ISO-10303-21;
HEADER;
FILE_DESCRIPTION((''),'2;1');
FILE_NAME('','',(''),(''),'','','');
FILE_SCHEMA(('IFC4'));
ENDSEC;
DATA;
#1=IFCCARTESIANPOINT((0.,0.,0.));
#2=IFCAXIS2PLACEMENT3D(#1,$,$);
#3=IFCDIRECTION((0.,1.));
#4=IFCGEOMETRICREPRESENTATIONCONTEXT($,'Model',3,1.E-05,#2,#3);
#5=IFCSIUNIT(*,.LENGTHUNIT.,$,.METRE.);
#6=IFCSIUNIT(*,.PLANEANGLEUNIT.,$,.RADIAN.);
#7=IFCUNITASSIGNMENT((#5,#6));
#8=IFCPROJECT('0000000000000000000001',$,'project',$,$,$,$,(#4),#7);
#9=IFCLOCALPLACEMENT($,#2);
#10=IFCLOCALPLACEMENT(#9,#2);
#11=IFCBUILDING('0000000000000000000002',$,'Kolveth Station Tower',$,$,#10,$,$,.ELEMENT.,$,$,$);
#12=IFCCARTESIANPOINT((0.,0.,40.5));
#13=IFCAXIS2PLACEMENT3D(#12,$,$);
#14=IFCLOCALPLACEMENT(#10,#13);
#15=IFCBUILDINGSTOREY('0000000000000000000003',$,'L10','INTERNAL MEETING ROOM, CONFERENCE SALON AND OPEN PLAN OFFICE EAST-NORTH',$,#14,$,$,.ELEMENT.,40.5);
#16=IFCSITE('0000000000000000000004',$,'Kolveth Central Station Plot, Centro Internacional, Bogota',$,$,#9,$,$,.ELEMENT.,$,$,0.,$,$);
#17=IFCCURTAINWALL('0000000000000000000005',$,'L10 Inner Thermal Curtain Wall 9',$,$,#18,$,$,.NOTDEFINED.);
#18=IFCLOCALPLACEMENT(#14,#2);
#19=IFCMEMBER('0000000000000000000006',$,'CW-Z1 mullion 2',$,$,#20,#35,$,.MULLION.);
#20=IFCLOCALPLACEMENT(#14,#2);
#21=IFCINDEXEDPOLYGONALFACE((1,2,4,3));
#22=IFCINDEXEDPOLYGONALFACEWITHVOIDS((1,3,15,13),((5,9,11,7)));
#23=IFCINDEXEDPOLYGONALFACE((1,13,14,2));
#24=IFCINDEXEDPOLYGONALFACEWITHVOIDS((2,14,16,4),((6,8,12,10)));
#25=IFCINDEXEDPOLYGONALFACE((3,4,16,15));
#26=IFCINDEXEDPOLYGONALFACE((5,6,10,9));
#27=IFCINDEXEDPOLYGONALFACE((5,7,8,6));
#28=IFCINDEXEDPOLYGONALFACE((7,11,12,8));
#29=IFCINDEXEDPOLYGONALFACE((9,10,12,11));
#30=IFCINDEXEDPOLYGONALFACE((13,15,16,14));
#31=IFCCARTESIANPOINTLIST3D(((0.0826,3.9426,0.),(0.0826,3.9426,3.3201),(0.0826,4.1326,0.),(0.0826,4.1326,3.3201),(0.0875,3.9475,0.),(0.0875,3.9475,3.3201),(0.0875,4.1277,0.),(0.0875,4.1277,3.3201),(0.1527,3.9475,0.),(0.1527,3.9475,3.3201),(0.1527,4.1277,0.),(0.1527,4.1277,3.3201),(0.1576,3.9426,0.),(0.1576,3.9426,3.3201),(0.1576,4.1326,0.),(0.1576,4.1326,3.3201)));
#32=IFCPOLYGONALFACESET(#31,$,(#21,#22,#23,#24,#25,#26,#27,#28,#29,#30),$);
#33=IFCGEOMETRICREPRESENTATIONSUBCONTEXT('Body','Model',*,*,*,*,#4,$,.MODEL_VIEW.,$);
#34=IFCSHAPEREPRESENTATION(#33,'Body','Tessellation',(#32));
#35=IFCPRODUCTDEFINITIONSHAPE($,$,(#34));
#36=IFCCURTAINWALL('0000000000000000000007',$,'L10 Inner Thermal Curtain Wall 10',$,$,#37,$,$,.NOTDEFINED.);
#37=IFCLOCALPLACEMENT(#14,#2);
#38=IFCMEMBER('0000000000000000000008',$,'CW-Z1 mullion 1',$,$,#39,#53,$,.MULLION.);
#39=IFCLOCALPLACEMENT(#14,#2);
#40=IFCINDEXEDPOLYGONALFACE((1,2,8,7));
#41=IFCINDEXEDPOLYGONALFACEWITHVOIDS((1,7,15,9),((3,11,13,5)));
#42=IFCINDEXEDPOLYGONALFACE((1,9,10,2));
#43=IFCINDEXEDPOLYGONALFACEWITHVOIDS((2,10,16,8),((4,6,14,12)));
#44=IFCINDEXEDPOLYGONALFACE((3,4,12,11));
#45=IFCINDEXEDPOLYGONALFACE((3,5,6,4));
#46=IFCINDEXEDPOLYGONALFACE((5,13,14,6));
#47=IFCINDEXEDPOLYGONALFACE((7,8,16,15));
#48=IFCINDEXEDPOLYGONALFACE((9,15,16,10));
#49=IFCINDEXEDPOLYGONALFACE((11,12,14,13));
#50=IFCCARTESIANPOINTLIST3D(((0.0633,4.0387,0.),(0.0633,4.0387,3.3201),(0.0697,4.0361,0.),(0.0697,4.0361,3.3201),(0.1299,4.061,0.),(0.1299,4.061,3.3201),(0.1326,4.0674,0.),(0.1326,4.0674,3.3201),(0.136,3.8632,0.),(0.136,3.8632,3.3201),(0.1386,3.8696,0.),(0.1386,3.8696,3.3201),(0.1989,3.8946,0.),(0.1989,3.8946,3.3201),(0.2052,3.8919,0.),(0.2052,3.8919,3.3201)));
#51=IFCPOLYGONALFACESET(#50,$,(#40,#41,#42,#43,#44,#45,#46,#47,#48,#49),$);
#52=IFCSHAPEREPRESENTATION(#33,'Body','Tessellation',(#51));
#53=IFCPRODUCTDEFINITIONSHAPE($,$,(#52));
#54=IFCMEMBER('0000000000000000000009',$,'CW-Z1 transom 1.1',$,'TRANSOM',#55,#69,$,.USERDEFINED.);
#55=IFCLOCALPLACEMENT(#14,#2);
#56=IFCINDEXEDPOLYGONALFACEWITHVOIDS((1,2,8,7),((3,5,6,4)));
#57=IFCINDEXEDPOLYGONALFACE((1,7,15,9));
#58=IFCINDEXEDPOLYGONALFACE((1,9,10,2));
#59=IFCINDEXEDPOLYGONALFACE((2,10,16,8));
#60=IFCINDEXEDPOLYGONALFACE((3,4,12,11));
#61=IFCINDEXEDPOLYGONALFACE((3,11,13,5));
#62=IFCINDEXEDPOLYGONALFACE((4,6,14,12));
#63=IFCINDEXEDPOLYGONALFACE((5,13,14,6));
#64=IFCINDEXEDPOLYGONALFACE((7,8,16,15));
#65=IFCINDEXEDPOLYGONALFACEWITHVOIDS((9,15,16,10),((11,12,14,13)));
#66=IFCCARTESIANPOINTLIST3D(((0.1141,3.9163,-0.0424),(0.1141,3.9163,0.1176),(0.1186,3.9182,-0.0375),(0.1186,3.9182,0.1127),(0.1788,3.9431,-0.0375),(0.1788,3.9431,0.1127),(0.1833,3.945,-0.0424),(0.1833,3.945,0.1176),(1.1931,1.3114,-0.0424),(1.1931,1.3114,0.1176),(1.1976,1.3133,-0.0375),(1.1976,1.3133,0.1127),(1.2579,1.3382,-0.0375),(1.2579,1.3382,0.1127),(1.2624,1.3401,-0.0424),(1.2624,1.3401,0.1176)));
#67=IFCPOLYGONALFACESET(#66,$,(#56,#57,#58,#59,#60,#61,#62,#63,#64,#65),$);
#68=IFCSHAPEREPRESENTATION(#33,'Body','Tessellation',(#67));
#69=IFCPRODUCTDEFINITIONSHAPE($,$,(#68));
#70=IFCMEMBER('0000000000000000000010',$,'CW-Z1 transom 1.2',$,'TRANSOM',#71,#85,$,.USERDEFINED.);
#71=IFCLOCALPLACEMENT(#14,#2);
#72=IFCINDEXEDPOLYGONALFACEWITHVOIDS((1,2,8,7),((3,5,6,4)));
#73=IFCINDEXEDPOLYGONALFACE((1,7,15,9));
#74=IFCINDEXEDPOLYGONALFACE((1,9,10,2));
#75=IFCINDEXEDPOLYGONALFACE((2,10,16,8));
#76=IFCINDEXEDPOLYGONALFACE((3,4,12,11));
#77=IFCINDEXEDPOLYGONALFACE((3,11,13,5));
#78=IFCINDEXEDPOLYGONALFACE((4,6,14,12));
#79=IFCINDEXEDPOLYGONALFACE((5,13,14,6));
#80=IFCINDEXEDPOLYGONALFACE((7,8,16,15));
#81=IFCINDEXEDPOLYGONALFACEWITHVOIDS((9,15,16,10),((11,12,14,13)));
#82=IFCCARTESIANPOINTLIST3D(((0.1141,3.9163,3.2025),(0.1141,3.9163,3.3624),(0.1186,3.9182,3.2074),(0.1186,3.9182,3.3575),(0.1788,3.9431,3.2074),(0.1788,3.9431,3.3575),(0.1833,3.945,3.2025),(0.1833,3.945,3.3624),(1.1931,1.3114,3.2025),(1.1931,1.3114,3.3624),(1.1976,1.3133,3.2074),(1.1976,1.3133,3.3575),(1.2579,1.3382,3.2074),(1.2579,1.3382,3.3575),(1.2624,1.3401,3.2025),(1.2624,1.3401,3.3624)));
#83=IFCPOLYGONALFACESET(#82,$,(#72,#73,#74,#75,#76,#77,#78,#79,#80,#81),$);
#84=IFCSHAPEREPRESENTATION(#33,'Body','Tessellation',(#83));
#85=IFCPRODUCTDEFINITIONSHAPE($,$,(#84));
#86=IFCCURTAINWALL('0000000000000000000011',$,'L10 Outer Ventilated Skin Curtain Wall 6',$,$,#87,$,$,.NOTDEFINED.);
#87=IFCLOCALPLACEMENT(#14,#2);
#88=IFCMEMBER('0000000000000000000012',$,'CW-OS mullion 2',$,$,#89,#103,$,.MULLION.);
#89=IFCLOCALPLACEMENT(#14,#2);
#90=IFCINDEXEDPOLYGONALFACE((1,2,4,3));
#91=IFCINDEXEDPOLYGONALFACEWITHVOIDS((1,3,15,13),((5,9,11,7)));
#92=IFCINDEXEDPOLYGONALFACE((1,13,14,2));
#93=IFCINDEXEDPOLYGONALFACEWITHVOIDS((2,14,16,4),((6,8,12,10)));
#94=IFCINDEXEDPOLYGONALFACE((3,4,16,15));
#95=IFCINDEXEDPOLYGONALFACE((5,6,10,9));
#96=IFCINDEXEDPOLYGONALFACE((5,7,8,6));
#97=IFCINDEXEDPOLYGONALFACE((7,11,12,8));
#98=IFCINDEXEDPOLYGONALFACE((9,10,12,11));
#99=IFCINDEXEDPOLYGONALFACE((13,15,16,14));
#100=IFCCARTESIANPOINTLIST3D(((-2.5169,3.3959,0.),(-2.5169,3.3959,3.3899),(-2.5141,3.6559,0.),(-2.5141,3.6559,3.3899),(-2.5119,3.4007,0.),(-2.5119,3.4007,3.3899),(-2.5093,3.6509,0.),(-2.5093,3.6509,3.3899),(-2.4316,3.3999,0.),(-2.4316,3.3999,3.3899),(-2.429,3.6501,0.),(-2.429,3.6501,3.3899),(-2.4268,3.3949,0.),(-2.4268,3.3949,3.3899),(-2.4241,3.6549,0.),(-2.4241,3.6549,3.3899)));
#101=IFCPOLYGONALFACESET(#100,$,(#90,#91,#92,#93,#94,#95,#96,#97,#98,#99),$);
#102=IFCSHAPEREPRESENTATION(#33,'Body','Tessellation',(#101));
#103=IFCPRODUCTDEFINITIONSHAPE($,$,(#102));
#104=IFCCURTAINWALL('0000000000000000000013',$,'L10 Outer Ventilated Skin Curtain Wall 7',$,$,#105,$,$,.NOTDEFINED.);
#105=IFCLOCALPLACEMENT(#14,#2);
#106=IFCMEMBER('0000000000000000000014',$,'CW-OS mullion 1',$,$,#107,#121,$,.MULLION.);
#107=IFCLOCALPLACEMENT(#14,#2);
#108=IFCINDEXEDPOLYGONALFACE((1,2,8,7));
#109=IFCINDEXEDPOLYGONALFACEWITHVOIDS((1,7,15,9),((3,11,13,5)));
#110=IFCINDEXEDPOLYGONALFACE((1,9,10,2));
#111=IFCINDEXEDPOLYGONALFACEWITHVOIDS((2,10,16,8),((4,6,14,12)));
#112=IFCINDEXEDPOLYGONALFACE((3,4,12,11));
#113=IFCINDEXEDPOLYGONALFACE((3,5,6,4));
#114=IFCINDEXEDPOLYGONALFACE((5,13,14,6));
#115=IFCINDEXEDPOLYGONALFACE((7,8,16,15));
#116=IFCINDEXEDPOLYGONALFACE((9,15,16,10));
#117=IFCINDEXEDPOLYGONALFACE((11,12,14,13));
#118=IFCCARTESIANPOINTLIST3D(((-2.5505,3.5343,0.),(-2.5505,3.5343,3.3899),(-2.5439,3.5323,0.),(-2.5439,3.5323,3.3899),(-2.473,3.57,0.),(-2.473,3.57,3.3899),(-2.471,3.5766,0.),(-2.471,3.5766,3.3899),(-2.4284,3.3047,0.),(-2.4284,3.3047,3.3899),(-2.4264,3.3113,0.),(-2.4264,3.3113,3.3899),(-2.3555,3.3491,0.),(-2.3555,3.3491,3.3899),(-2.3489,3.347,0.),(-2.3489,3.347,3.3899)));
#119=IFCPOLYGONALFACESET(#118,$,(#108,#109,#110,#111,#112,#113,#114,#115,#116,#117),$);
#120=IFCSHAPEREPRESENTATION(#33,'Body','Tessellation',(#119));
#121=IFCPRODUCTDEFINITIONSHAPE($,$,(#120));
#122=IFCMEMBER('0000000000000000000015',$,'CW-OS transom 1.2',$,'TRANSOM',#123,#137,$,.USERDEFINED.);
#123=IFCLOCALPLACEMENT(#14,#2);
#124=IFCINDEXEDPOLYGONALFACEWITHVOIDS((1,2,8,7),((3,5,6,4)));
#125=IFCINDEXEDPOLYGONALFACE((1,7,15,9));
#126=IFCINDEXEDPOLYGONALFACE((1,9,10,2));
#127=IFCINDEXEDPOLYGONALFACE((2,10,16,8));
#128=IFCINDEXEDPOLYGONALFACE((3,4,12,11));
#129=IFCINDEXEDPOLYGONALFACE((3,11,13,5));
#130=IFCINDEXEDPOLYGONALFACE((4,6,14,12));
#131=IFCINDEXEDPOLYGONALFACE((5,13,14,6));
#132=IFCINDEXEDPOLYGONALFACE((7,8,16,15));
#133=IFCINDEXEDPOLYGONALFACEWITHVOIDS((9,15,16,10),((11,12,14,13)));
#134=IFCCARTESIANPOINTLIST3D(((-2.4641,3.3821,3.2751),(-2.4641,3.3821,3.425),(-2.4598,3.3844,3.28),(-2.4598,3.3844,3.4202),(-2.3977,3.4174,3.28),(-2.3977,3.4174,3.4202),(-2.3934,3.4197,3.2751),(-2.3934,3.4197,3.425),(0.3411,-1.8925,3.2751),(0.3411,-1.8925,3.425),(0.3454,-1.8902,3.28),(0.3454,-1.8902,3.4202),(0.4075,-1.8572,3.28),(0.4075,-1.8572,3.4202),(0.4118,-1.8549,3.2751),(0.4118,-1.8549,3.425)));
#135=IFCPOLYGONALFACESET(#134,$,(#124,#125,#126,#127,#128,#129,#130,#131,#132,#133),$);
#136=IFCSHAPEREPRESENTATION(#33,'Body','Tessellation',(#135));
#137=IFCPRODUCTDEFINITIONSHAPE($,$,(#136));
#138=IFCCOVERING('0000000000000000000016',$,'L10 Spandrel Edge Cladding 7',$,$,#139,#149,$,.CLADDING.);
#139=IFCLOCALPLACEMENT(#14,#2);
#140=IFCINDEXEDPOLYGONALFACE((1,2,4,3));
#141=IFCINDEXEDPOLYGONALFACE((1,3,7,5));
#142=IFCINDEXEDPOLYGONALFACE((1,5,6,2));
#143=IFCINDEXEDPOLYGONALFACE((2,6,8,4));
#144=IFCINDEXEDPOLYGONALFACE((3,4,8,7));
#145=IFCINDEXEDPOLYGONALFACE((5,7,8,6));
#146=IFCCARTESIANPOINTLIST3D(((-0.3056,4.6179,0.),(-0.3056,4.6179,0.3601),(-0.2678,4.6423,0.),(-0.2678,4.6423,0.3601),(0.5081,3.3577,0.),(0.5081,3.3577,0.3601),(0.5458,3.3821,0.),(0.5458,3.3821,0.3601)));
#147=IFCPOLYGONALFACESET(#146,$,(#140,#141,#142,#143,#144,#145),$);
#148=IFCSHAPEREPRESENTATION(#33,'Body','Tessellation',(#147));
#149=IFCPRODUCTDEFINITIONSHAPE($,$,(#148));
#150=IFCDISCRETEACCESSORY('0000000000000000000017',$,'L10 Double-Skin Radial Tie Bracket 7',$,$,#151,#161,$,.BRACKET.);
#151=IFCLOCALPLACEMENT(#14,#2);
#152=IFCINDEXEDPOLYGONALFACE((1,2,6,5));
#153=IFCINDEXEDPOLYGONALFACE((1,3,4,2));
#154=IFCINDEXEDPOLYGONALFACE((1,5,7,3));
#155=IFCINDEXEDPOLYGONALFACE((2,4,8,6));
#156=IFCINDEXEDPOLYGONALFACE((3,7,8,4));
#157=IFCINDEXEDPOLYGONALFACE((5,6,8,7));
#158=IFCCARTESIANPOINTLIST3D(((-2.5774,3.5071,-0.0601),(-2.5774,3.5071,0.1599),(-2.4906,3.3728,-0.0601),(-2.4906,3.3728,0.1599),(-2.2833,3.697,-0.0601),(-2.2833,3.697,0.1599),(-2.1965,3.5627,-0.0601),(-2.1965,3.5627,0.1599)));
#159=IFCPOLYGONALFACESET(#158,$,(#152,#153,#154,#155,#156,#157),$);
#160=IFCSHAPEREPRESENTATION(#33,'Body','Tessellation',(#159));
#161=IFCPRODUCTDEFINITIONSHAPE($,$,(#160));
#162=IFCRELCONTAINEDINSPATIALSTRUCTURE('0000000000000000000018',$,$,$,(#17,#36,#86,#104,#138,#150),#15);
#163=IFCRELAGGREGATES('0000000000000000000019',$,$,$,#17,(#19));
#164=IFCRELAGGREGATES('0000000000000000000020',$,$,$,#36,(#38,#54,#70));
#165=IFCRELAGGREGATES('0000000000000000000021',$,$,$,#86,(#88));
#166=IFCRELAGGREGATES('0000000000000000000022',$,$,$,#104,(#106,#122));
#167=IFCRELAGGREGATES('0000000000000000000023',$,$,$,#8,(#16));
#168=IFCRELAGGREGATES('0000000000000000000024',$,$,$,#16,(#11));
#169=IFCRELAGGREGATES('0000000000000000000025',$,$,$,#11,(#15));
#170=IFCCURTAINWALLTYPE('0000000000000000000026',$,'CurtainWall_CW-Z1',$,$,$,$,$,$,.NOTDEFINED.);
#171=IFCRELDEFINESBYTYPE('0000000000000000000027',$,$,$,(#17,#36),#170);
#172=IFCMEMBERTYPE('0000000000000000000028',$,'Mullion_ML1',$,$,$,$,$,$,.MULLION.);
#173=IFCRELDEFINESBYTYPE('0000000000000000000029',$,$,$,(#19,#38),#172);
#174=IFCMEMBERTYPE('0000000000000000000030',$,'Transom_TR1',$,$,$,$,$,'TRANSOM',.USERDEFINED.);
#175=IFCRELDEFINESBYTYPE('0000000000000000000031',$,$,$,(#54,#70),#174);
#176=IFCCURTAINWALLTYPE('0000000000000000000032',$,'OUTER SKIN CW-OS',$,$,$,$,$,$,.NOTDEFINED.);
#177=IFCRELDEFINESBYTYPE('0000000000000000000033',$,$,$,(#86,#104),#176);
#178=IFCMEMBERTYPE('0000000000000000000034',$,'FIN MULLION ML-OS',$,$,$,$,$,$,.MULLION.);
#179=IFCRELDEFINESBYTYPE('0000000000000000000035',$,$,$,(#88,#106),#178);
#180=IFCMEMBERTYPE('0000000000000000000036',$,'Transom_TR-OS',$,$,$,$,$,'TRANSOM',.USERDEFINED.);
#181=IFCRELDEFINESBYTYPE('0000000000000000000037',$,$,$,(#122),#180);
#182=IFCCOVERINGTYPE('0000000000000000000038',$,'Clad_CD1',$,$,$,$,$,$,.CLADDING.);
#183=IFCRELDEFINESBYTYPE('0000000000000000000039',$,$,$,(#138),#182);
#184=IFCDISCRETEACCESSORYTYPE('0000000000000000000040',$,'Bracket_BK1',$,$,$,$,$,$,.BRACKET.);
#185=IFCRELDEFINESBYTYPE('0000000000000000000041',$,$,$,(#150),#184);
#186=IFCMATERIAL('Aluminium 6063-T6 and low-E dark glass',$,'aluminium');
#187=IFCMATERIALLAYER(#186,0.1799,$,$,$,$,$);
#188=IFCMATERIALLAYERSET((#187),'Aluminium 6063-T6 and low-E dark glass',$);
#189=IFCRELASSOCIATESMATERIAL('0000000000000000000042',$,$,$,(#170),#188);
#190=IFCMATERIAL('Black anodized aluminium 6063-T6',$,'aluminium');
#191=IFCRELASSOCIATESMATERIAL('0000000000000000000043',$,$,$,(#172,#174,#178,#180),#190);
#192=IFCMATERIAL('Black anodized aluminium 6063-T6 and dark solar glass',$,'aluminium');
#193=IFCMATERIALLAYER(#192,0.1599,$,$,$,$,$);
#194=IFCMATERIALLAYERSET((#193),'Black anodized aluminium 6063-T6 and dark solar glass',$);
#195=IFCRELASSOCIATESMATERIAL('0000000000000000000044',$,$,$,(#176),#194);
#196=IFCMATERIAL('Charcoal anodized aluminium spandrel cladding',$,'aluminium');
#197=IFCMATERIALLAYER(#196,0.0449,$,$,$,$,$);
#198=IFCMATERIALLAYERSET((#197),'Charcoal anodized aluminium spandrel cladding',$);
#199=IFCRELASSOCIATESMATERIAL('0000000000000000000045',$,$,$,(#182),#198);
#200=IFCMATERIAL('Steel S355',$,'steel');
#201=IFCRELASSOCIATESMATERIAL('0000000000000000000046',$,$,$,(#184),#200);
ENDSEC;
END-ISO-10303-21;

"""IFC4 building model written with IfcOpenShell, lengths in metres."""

from ifc_helpers import new_model, si_unit, direction, frame, origin, origin_2d, place, context, subcontext, project, spatial, rectangle, hollow_rectangle, extrude, source, transform, mapped, material, layer, layer_set, material_profile, profile_set, type_object, element, aggregate, save


model = new_model("IFC4")

# Units and contexts
model_context = context("Model", 3, precision=1e-05, world=origin(), true_north=direction((0.0, 1.0)))
body_context = subcontext(model_context, "Body", "Model", "MODEL_VIEW")
ifc_project = project(units=[si_unit("LENGTHUNIT", "METRE"), si_unit("PLANEANGLEUNIT", "RADIAN")], contexts=[model_context])

# Site, building, storey
site_placement = place(None, origin())
site = spatial("IfcSite", under=ifc_project, at=site_placement, Name="Kolveth Central Station Plot, Centro Internacional, Bogota", CompositionType="ELEMENT", RefElevation=0.0)
building_placement = place(site_placement, origin())
building = spatial("IfcBuilding", under=site, at=building_placement, Name="Kolveth Station Tower", CompositionType="ELEMENT")
storey_placement = place(building_placement, frame((0.0, 0.0, 40.5)))
storey = spatial("IfcBuildingStorey", under=building, at=storey_placement, Name="L10", Description="INTERNAL MEETING ROOM, CONFERENCE SALON AND OPEN PLAN OFFICE EAST-NORTH", CompositionType="ELEMENT", Elevation=40.5)

# Shared definitions
ifc_material_1 = material(Name="Steel S355", Category="steel")

# Curtain wall, member
ifc_material_2 = material(Name="Aluminium 6063-T6 and low-E dark glass", Category="aluminium")
ifc_layer_1 = layer(ifc_material_2, 0.1799)
ifc_layer_set_1 = layer_set([ifc_layer_1], Name="Aluminium 6063-T6 and low-E dark glass")
curtain_wall_type_1 = type_object("IfcCurtainWallType", Name="CurtainWall_CW-Z1", PredefinedType="NOTDEFINED", material=ifc_layer_set_1)
curtain_wall_1_placement = place(storey_placement, origin())
curtain_wall_1 = element("IfcCurtainWall", 1, at=curtain_wall_1_placement, inside=storey, type_object=curtain_wall_type_1, Name="L10 Inner Thermal Curtain Wall 9", PredefinedType="NOTDEFINED")
ifc_material_3 = material(Name="Black anodized aluminium 6063-T6", Category="aluminium")
ifc_material_profile_1 = material_profile(ifc_material_3, hollow_rectangle(XDim=0.075, YDim=0.1899, WallThickness=0.0049, at=origin_2d()), Name="ALU-75x190x5")
ifc_profile_set_1 = profile_set([ifc_material_profile_1], Name="Black anodized aluminium 6063-T6")
member_type_1 = type_object("IfcMemberType", Name="Mullion_ML1", PredefinedType="MULLION", material=ifc_profile_set_1)
shared_shape_1 = source(origin(), body_context, "Body", "SweptSolid", [
    extrude(hollow_rectangle(XDim=0.075, YDim=0.1899, WallThickness=0.0049, at=origin_2d()), origin(), (0.0, 0.0, 1.0), 3.3201),
])
member_1_placement = place(storey_placement, frame((0.1201, 4.0376, 0.0), z_axis=(0.0, 0.0, 1.0), x_axis=(1.0, 0.0, 0.0)))
member_1 = element("IfcMember", 2, at=member_1_placement, type_object=member_type_1, Name="CW-Z1 mullion 2", PredefinedType="MULLION", context=body_context, shape_type="MappedRepresentation", body=[
    mapped(shared_shape_1, transform((0.0, 0.0, 0.0), x_axis=(1.0, 0.0, 0.0), y_axis=(0.0, 1.0, 0.0), z_axis=(0.0, 0.0, 1.0), scale=1.0)),
])
aggregate(curtain_wall_1, [member_1])

# Curtain wall, members
curtain_wall_2_placement = place(storey_placement, origin())
curtain_wall_2 = element("IfcCurtainWall", 3, at=curtain_wall_2_placement, inside=storey, type_object=curtain_wall_type_1, Name="L10 Inner Thermal Curtain Wall 10", PredefinedType="NOTDEFINED")
member_2_placement = place(storey_placement, frame((0.1343, 3.9653, 0.0), z_axis=(0.0, 0.0, 1.0), x_axis=(0.923884, 0.382673, 0.0)))
member_2 = element("IfcMember", 4, at=member_2_placement, type_object=member_type_1, Name="CW-Z1 mullion 1", PredefinedType="MULLION", context=body_context, shape_type="MappedRepresentation", body=[
    mapped(shared_shape_1, transform((0.0, 0.0, 0.0), x_axis=(1.0, 0.0, 0.0), y_axis=(0.0, 1.0, 0.0), z_axis=(0.0, 0.0, 1.0), scale=1.0)),
])
ifc_material_profile_2 = material_profile(ifc_material_3, hollow_rectangle(XDim=0.075, YDim=0.1599, WallThickness=0.0049, at=origin_2d()), Name="ALU-75x160x5")
ifc_profile_set_2 = profile_set([ifc_material_profile_2], Name="Black anodized aluminium 6063-T6")
member_type_2 = type_object("IfcMemberType", Name="Transom_TR1", ElementType="TRANSOM", PredefinedType="USERDEFINED", material=ifc_profile_set_2)
shared_shape_2 = source(origin(), body_context, "Body", "SweptSolid", [
    extrude(hollow_rectangle(XDim=0.075, YDim=0.1599, WallThickness=0.0049, at=origin_2d()), origin(), (0.0, 0.0, 1.0), 2.8196),
])
member_3_placement = place(storey_placement, frame((0.1487, 3.9307, 0.0376), z_axis=(0.382709, -0.923869, 0.0), x_axis=(0.923869, 0.382709, 0.0)))
member_3 = element("IfcMember", 5, at=member_3_placement, type_object=member_type_2, Name="CW-Z1 transom 1.1", ObjectType="TRANSOM", PredefinedType="USERDEFINED", context=body_context, shape_type="MappedRepresentation", body=[
    mapped(shared_shape_2, transform((0.0, 0.0, 0.0), x_axis=(1.0, 0.0, 0.0), y_axis=(0.0, 1.0, 0.0), z_axis=(0.0, 0.0, 1.0), scale=1.0)),
])
member_4_placement = place(storey_placement, frame((0.1487, 3.9307, 3.2825), z_axis=(0.382709, -0.923869, 0.0), x_axis=(0.923869, 0.382709, 0.0)))
member_4 = element("IfcMember", 6, at=member_4_placement, type_object=member_type_2, Name="CW-Z1 transom 1.2", ObjectType="TRANSOM", PredefinedType="USERDEFINED", context=body_context, shape_type="MappedRepresentation", body=[
    mapped(shared_shape_2, transform((0.0, 0.0, 0.0), x_axis=(1.0, 0.0, 0.0), y_axis=(0.0, 1.0, 0.0), z_axis=(0.0, 0.0, 1.0), scale=1.0)),
])
aggregate(curtain_wall_2, [member_2, member_3, member_4])

# Curtain wall, member
ifc_material_4 = material(Name="Black anodized aluminium 6063-T6 and dark solar glass", Category="aluminium")
ifc_layer_2 = layer(ifc_material_4, 0.1599)
ifc_layer_set_2 = layer_set([ifc_layer_2], Name="Black anodized aluminium 6063-T6 and dark solar glass")
curtain_wall_type_2 = type_object("IfcCurtainWallType", Name="OUTER SKIN CW-OS", PredefinedType="NOTDEFINED", material=ifc_layer_set_2)
curtain_wall_3_placement = place(storey_placement, origin())
curtain_wall_3 = element("IfcCurtainWall", 7, at=curtain_wall_3_placement, inside=storey, type_object=curtain_wall_type_2, Name="L10 Outer Ventilated Skin Curtain Wall 6", PredefinedType="NOTDEFINED")
ifc_material_profile_3 = material_profile(ifc_material_3, hollow_rectangle(XDim=0.0901, YDim=0.26, WallThickness=0.0049, at=origin_2d()), Name="ALU-90x260x5")
ifc_profile_set_3 = profile_set([ifc_material_profile_3], Name="Black anodized aluminium 6063-T6")
member_type_3 = type_object("IfcMemberType", Name="FIN MULLION ML-OS", PredefinedType="MULLION", material=ifc_profile_set_3)
shared_shape_3 = source(origin(), body_context, "Body", "SweptSolid", [
    extrude(hollow_rectangle(XDim=0.0901, YDim=0.26, WallThickness=0.0049, at=origin_2d()), origin(), (0.0, 0.0, 1.0), 3.3899),
])
member_5_placement = place(storey_placement, frame((-2.4705, 3.5254, 0.0), z_axis=(0.0, 0.0, 1.0), x_axis=(0.999946, -0.010438, 0.0)))
member_5 = element("IfcMember", 8, at=member_5_placement, type_object=member_type_3, Name="CW-OS mullion 2", PredefinedType="MULLION", context=body_context, shape_type="MappedRepresentation", body=[
    mapped(shared_shape_3, transform((0.0, 0.0, 0.0), x_axis=(1.0, 0.0, 0.0), y_axis=(0.0, 1.0, 0.0), z_axis=(0.0, 0.0, 1.0), scale=1.0)),
])
aggregate(curtain_wall_3, [member_5])

# Curtain wall, members
curtain_wall_4_placement = place(storey_placement, origin())
curtain_wall_4 = element("IfcCurtainWall", 9, at=curtain_wall_4_placement, inside=storey, type_object=curtain_wall_type_2, Name="L10 Outer Ventilated Skin Curtain Wall 7", PredefinedType="NOTDEFINED")
member_6_placement = place(storey_placement, frame((-2.4497, 3.4407, 0.0), z_axis=(0.0, 0.0, 1.0), x_axis=(0.882917, 0.469529, 0.0)))
member_6 = element("IfcMember", 10, at=member_6_placement, type_object=member_type_3, Name="CW-OS mullion 1", PredefinedType="MULLION", context=body_context, shape_type="MappedRepresentation", body=[
    mapped(shared_shape_3, transform((0.0, 0.0, 0.0), x_axis=(1.0, 0.0, 0.0), y_axis=(0.0, 1.0, 0.0), z_axis=(0.0, 0.0, 1.0), scale=1.0)),
])
ifc_material_profile_4 = material_profile(ifc_material_3, hollow_rectangle(XDim=0.0801, YDim=0.1499, WallThickness=0.0049, at=origin_2d()), Name="ALU-80x150x5")
ifc_profile_set_4 = profile_set([ifc_material_profile_4], Name="Black anodized aluminium 6063-T6")
member_type_4 = type_object("IfcMemberType", Name="Transom_TR-OS", ElementType="TRANSOM", PredefinedType="USERDEFINED", material=ifc_profile_set_4)
shared_shape_4 = source(origin(), body_context, "Body", "SweptSolid", [
    extrude(hollow_rectangle(XDim=0.0801, YDim=0.1499, WallThickness=0.0049, at=origin_2d()), origin(), (0.0, 0.0, 1.0), 5.9741),
])
member_7_placement = place(storey_placement, frame((-2.4287, 3.4009, 3.3501), z_axis=(0.469549, -0.882907, 0.0), x_axis=(0.882907, 0.469549, 0.0)))
member_7 = element("IfcMember", 11, at=member_7_placement, type_object=member_type_4, Name="CW-OS transom 1.2", ObjectType="TRANSOM", PredefinedType="USERDEFINED", context=body_context, shape_type="MappedRepresentation", body=[
    mapped(shared_shape_4, transform((0.0, 0.0, 0.0), x_axis=(1.0, 0.0, 0.0), y_axis=(0.0, 1.0, 0.0), z_axis=(0.0, 0.0, 1.0), scale=1.0)),
])
aggregate(curtain_wall_4, [member_6, member_7])

# Covering
ifc_material_5 = material(Name="Charcoal anodized aluminium spandrel cladding", Category="aluminium")
ifc_layer_3 = layer(ifc_material_5, 0.0449)
ifc_layer_set_3 = layer_set([ifc_layer_3], Name="Charcoal anodized aluminium spandrel cladding")
covering_type = type_object("IfcCoveringType", Name="Clad_CD1", PredefinedType="CLADDING", material=ifc_layer_set_3)
shared_shape_5 = source(origin(), body_context, "Body", "SweptSolid", [
    extrude(rectangle(XDim=1.5, YDim=0.0449, at=origin_2d()), origin(), (0.0, 0.0, 1.0), 0.3601),
])
covering_placement = place(storey_placement, frame((0.1201, 4.0, 0.0), z_axis=(0.0, 0.0, 1.0), x_axis=(0.542442, -0.840094, 0.0)))
element("IfcCovering", 12, at=covering_placement, inside=storey, type_object=covering_type, Name="L10 Spandrel Edge Cladding 7", PredefinedType="CLADDING", context=body_context, shape_type="MappedRepresentation", body=[
    mapped(shared_shape_5, transform((0.0, 0.0, 0.0), x_axis=(1.0, 0.0, 0.0), y_axis=(0.0, 1.0, 0.0), z_axis=(0.0, 0.0, 1.0), scale=1.0)),
])

# Discrete accessory
discrete_accessory_type = type_object("IfcDiscreteAccessoryType", Name="Bracket_BK1", PredefinedType="BRACKET", material=ifc_material_1)
shared_shape_6 = source(origin(), body_context, "Body", "SweptSolid", [
    extrude(rectangle(XDim=0.3501, YDim=0.1599, at=origin_2d()), origin(), (0.0, 0.0, 1.0), 0.22),
])
discrete_accessory_placement = place(storey_placement, frame((-2.387, 3.5349, -0.0601), z_axis=(0.0, 0.0, 1.0), x_axis=(-0.840094, -0.542442, 0.0)))
element("IfcDiscreteAccessory", 13, at=discrete_accessory_placement, inside=storey, type_object=discrete_accessory_type, Name="L10 Double-Skin Radial Tie Bracket 7", PredefinedType="BRACKET", context=body_context, shape_type="MappedRepresentation", body=[
    mapped(shared_shape_6, transform((0.0, 0.0, 0.0), x_axis=(1.0, 0.0, 0.0), y_axis=(0.0, 1.0, 0.0), z_axis=(0.0, 0.0, 1.0), scale=1.0)),
])

save(model, "model.ifc")
